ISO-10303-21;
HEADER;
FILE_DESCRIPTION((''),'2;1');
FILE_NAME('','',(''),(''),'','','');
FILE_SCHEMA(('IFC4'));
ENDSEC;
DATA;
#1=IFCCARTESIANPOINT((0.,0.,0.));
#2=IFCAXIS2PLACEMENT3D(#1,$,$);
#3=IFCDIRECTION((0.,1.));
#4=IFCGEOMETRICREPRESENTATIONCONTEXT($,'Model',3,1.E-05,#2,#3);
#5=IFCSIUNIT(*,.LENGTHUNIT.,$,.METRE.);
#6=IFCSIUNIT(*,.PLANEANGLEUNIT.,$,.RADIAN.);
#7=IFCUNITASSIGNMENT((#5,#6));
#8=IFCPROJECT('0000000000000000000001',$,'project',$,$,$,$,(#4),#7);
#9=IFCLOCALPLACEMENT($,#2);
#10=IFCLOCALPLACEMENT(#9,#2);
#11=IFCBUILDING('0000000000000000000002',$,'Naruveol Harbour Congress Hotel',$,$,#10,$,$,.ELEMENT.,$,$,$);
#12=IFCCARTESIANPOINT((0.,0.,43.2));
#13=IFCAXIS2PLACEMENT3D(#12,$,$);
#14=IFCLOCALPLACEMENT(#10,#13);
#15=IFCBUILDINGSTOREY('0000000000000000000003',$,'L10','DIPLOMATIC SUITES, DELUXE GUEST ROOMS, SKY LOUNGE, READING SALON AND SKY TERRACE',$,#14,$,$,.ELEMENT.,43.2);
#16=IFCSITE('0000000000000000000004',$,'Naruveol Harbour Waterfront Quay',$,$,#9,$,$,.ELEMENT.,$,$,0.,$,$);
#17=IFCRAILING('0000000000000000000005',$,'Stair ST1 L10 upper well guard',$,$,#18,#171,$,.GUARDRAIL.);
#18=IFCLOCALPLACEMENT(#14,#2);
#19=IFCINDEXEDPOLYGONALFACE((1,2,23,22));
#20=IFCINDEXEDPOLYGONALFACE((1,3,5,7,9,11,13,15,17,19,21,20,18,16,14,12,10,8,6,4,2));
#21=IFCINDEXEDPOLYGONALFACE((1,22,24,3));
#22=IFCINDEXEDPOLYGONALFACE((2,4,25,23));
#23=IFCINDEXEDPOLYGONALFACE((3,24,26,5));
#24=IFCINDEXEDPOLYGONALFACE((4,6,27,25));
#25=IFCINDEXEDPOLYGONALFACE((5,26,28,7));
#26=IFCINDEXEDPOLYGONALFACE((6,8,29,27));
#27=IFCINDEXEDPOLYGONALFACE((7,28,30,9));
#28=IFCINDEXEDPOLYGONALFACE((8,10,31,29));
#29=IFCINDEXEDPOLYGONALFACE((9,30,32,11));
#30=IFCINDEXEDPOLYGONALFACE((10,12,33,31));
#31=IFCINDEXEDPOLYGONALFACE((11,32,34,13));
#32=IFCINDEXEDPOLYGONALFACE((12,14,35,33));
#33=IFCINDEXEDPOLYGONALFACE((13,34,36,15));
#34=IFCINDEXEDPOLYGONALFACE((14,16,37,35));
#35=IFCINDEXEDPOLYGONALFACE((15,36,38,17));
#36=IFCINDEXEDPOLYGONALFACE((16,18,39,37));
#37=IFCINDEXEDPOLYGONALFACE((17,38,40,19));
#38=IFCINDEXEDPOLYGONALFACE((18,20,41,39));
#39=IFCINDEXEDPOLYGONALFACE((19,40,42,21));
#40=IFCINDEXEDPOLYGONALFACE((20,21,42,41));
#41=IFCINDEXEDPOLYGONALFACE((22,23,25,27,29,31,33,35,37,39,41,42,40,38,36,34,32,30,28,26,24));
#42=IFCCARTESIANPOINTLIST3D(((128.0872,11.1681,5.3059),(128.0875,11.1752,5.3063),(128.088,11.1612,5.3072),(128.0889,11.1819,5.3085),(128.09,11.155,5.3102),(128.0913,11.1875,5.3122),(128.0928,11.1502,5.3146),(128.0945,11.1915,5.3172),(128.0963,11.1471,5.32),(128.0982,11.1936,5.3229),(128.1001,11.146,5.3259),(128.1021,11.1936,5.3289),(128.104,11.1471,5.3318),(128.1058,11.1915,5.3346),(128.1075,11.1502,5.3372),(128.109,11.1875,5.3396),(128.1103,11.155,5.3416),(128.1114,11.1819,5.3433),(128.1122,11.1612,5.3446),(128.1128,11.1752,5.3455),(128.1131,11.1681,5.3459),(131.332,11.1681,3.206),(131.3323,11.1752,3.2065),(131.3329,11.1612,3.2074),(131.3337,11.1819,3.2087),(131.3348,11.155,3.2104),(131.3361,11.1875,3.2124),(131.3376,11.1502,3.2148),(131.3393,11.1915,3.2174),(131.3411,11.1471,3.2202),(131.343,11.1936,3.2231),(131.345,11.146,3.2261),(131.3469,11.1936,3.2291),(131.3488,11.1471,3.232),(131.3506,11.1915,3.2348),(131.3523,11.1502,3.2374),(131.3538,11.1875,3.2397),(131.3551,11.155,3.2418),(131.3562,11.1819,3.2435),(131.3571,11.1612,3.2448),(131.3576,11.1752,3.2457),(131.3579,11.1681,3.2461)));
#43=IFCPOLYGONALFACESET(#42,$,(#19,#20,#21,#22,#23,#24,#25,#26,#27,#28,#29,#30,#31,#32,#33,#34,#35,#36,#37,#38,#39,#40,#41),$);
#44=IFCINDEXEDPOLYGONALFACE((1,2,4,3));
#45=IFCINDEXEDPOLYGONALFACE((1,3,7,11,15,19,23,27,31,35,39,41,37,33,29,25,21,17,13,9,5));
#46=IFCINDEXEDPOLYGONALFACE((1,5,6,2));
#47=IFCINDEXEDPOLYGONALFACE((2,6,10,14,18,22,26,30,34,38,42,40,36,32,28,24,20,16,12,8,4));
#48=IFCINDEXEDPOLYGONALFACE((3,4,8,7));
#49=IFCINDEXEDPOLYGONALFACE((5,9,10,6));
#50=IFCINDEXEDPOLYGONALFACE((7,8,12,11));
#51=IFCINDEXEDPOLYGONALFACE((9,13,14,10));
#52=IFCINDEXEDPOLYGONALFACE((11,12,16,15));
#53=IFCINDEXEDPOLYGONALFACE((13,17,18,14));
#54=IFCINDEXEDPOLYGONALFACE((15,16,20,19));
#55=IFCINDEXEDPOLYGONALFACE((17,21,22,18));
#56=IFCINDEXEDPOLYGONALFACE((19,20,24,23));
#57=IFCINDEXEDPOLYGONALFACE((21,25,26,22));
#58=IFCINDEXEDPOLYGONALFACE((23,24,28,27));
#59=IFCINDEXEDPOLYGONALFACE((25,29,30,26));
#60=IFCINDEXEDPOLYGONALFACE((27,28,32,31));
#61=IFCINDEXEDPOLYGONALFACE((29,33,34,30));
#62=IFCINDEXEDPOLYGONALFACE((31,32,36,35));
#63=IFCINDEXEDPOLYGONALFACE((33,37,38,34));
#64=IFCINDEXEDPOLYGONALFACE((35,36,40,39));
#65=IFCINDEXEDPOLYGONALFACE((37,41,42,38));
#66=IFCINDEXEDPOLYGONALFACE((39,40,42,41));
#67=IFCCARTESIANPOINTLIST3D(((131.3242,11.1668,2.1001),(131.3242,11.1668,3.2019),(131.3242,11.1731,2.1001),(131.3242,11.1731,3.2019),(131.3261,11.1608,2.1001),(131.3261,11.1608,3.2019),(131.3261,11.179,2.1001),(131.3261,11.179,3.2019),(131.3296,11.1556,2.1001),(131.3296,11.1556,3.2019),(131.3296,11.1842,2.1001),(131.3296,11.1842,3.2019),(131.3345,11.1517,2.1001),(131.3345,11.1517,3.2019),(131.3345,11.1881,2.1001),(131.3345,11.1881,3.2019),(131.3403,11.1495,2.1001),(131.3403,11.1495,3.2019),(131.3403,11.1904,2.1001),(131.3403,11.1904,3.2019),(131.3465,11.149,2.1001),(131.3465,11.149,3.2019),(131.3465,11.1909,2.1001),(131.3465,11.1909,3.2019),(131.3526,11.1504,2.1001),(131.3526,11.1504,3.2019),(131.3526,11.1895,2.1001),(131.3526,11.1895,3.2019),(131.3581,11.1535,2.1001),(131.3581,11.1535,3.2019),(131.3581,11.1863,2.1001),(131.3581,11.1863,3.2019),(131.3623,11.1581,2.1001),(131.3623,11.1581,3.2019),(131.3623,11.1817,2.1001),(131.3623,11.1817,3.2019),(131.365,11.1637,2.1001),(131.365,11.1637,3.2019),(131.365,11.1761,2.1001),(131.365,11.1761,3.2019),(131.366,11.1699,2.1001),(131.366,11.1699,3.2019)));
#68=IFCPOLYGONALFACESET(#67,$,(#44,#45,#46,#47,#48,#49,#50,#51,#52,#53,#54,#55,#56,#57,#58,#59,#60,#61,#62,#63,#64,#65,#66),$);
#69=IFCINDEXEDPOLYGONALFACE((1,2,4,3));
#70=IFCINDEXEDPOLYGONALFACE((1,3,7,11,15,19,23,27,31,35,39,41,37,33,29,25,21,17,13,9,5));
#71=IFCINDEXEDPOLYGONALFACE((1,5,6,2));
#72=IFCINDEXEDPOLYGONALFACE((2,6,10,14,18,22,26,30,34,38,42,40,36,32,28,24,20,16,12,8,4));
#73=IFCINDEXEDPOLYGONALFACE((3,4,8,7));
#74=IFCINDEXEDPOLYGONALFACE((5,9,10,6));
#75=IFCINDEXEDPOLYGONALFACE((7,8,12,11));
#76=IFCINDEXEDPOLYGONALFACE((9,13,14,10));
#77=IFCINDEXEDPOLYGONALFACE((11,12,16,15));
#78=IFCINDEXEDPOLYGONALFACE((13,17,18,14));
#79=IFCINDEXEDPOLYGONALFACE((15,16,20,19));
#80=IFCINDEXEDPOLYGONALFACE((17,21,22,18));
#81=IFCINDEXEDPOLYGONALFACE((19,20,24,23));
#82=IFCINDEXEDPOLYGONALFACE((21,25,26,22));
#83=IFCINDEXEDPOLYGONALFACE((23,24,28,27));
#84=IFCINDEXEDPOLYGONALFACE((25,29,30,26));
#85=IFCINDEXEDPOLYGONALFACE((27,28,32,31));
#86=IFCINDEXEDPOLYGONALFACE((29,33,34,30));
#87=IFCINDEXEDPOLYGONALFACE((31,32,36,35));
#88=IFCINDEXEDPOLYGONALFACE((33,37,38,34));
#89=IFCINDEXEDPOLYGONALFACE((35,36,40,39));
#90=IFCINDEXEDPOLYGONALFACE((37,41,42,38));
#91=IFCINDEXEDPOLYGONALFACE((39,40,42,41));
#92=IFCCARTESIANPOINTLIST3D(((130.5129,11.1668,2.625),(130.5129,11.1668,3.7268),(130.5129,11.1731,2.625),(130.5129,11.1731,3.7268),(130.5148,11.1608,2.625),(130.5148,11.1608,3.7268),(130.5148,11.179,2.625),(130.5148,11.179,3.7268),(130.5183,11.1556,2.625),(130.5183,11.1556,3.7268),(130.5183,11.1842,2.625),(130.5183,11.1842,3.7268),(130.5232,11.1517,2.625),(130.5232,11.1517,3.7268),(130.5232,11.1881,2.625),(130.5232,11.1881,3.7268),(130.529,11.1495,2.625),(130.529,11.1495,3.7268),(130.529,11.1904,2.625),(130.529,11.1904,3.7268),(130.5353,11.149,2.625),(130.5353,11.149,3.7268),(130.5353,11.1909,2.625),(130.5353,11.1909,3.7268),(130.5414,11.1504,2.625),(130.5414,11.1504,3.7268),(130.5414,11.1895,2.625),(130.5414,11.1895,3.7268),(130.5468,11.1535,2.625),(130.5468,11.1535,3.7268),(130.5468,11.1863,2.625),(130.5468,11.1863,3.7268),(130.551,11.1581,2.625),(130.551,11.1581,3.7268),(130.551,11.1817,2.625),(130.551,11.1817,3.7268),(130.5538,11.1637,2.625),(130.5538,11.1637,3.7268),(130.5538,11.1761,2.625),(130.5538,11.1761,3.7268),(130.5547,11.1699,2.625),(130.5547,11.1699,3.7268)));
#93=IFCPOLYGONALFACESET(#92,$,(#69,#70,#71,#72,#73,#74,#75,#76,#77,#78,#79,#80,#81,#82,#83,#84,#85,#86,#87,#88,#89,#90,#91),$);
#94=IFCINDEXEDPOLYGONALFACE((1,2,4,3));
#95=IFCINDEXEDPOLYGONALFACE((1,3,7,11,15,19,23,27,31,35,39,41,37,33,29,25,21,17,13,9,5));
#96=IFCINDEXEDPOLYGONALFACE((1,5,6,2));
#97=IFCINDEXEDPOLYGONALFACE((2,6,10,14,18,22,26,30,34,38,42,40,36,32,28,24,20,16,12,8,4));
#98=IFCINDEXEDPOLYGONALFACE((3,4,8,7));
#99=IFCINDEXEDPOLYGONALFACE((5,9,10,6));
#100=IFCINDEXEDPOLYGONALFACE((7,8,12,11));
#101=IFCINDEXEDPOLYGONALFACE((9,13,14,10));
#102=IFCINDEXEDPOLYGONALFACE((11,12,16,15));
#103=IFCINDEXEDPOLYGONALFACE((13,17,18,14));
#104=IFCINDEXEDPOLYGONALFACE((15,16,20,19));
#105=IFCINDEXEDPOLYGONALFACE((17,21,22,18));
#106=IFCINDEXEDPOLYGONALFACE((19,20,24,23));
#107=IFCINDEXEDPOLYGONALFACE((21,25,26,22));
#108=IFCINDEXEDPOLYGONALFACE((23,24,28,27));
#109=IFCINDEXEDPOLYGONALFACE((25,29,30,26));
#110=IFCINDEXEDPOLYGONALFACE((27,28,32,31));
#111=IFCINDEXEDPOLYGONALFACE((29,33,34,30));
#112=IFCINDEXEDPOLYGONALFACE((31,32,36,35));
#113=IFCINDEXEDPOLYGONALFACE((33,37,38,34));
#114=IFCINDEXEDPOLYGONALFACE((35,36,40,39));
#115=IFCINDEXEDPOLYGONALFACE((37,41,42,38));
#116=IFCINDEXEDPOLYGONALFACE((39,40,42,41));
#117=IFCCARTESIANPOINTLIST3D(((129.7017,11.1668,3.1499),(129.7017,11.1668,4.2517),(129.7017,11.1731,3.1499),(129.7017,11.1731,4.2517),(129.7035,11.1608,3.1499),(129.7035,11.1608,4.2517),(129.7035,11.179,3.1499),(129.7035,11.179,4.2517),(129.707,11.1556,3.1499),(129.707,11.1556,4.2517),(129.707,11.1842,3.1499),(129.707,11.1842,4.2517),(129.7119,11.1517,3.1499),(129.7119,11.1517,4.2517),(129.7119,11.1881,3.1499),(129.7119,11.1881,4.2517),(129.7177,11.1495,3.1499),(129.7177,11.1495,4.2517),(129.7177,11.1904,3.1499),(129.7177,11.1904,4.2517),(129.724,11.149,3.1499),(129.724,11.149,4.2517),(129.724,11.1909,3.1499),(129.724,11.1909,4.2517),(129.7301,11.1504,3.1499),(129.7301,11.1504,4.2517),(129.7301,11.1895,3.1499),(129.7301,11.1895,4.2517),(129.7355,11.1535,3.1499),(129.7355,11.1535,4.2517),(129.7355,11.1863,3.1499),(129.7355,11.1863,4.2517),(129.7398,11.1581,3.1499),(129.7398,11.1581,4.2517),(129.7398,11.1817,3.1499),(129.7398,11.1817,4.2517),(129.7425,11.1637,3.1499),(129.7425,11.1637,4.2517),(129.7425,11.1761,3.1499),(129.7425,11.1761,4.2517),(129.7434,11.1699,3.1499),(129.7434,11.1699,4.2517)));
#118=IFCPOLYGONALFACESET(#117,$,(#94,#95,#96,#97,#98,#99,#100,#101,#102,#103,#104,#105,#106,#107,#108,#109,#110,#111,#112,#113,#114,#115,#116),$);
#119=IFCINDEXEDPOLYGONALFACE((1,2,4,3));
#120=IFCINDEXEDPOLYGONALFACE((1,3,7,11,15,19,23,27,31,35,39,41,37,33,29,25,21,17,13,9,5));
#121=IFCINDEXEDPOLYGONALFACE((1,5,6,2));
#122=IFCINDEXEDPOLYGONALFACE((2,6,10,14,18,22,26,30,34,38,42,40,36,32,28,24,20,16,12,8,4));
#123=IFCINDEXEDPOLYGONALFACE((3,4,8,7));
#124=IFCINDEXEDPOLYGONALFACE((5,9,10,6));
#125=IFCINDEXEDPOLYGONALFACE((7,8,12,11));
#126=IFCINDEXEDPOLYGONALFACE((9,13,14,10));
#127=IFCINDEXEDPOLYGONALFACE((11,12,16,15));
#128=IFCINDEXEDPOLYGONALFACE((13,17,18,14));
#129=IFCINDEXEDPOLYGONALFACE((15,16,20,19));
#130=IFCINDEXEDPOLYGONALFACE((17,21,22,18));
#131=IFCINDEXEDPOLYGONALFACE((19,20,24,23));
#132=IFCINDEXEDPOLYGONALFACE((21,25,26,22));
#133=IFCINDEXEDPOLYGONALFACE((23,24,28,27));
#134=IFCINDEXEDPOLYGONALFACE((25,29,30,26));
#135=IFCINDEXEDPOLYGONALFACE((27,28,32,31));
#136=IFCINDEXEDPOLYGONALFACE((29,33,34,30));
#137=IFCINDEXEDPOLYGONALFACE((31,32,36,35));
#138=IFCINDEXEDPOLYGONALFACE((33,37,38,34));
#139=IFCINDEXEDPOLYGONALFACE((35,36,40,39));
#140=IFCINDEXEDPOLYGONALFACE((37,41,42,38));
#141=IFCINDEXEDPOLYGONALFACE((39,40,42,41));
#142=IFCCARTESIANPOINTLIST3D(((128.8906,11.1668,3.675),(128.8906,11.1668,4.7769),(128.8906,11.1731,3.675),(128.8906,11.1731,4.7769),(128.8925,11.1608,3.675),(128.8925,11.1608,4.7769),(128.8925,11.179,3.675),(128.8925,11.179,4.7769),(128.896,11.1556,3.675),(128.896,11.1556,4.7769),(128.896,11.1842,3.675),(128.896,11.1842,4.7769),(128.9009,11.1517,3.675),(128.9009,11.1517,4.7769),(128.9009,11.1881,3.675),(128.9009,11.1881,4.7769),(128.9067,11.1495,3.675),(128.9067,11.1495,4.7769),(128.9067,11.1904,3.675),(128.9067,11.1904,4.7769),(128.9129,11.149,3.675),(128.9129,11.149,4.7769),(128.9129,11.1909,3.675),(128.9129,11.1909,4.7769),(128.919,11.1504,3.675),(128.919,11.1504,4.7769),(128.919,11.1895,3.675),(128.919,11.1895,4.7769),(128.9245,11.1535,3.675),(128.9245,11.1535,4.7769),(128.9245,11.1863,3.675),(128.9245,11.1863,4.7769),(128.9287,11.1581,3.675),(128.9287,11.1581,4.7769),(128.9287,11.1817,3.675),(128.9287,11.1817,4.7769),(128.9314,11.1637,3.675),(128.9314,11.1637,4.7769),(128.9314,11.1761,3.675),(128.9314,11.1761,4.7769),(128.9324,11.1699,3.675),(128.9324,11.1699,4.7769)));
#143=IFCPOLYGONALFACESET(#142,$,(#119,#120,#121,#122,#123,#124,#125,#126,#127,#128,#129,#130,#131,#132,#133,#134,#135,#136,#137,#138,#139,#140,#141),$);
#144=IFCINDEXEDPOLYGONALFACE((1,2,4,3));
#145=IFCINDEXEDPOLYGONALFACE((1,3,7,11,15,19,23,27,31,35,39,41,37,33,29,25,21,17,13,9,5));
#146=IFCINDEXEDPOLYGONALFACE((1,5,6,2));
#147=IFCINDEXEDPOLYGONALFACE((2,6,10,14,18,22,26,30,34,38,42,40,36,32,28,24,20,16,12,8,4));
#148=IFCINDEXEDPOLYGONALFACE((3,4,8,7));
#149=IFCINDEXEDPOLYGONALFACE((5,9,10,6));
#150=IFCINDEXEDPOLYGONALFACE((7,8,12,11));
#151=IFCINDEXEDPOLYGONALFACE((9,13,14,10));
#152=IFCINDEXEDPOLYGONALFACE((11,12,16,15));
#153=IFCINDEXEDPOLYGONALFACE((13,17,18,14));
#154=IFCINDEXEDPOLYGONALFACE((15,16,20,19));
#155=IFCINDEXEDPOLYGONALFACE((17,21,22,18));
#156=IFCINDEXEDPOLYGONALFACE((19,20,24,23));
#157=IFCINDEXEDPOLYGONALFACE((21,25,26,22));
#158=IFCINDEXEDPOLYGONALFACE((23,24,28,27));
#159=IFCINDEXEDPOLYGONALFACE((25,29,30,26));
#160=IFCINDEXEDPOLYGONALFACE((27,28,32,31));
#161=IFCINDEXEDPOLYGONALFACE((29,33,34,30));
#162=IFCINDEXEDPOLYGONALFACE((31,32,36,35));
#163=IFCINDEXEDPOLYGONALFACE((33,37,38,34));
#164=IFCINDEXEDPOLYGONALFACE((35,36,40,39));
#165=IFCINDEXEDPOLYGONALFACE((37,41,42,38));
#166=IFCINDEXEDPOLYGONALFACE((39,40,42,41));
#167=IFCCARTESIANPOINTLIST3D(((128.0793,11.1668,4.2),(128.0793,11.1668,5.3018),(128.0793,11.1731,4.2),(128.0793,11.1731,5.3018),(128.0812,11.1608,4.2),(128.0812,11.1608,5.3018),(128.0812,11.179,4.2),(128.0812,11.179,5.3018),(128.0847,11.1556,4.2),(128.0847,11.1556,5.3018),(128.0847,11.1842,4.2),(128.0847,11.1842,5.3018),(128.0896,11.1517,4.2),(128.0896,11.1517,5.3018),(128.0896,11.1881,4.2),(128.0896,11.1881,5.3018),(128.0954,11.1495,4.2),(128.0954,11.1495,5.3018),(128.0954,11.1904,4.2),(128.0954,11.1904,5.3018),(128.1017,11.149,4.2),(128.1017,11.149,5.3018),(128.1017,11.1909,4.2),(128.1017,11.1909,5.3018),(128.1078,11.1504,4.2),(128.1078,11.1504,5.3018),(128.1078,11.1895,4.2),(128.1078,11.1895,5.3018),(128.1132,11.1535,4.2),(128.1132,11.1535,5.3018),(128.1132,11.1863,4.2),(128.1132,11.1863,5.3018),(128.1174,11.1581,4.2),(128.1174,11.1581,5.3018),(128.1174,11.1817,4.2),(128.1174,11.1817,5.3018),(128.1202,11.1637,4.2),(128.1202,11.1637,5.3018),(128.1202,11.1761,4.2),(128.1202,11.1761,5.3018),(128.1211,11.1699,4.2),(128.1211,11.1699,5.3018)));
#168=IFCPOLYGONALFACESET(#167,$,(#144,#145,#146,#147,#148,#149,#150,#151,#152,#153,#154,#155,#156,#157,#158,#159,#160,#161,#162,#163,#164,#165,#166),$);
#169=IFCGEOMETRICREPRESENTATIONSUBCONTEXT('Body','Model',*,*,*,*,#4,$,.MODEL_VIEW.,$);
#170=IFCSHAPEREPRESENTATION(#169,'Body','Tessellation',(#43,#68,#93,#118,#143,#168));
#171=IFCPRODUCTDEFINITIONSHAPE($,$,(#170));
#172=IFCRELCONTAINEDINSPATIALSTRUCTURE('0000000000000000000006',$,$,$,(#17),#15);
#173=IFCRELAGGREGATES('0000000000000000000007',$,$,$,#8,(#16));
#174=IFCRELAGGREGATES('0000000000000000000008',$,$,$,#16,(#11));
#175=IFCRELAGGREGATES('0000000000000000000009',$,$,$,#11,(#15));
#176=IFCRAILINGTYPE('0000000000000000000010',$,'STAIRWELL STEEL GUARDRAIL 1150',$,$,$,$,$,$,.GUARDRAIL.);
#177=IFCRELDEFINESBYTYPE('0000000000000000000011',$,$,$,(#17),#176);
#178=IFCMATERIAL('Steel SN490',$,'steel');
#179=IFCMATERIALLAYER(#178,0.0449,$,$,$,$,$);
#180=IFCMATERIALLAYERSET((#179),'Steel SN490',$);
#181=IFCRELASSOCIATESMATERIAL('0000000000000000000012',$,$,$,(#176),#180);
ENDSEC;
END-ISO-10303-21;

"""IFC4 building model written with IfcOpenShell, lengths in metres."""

from ifc_helpers import new_model, si_unit, direction, frame, origin, origin_2d, place, context, subcontext, project, spatial, circle, extrude, material, layer, layer_set, type_object, element, save


model = new_model("IFC4")

# Units and contexts
model_context = context("Model", 3, precision=1e-05, world=origin(), true_north=direction((0.0, 1.0)))
body_context = subcontext(model_context, "Body", "Model", "MODEL_VIEW")
ifc_project = project(units=[si_unit("LENGTHUNIT", "METRE"), si_unit("PLANEANGLEUNIT", "RADIAN")], contexts=[model_context])

# Site, building, storey
site_placement = place(None, origin())
site = spatial("IfcSite", under=ifc_project, at=site_placement, Name="Naruveol Harbour Waterfront Quay", CompositionType="ELEMENT", RefElevation=0.0)
building_placement = place(site_placement, origin())
building = spatial("IfcBuilding", under=site, at=building_placement, Name="Naruveol Harbour Congress Hotel", CompositionType="ELEMENT")
storey_placement = place(building_placement, frame((0.0, 0.0, 43.2)))
storey = spatial("IfcBuildingStorey", under=building, at=storey_placement, Name="L10", Description="DIPLOMATIC SUITES, DELUXE GUEST ROOMS, SKY LOUNGE, READING SALON AND SKY TERRACE", CompositionType="ELEMENT", Elevation=43.2)

# Railing
ifc_material_1 = material(Name="Steel SN490", Category="steel")
ifc_layer_1 = layer(ifc_material_1, 0.0449)
ifc_layer_set_1 = layer_set([ifc_layer_1], Name="Steel SN490")
railing_type_1 = type_object("IfcRailingType", Name="STAIRWELL STEEL GUARDRAIL 1150", PredefinedType="GUARDRAIL", material=ifc_layer_set_1)
railing_1_placement = place(storey_placement, frame((131.345, 11.1699, 2.1001)))
element("IfcRailing", 1, at=railing_1_placement, inside=storey, type_object=railing_type_1, Name="Stair ST1 L10 upper well guard", PredefinedType="GUARDRAIL", context=body_context, shape_type="SweptSolid", body=[
    extrude(circle(Radius=0.0239, at=origin_2d()), frame((0.0, 0.0, 1.126), z_axis=(-0.839543, 0.0, 0.543293), x_axis=(0.0, -1.0, 0.0)), (0.0, 0.0, 1.0), 3.865),
    extrude(circle(Radius=0.021, at=origin_2d()), origin(), (0.0, 0.0, 1.0), 1.1018),
    extrude(circle(Radius=0.021, at=origin_2d()), frame((-0.8113, 0.0, 0.5249)), (0.0, 0.0, 1.0), 1.1018),
    extrude(circle(Radius=0.021, at=origin_2d()), frame((-1.6226, 0.0, 1.0498)), (0.0, 0.0, 1.0), 1.1018),
    extrude(circle(Radius=0.021, at=origin_2d()), frame((-2.4336, 0.0, 1.575)), (0.0, 0.0, 1.0), 1.1018),
    extrude(circle(Radius=0.021, at=origin_2d()), frame((-3.2449, 0.0, 2.0999)), (0.0, 0.0, 1.0), 1.1018),
])

save(model, "model.ifc")
